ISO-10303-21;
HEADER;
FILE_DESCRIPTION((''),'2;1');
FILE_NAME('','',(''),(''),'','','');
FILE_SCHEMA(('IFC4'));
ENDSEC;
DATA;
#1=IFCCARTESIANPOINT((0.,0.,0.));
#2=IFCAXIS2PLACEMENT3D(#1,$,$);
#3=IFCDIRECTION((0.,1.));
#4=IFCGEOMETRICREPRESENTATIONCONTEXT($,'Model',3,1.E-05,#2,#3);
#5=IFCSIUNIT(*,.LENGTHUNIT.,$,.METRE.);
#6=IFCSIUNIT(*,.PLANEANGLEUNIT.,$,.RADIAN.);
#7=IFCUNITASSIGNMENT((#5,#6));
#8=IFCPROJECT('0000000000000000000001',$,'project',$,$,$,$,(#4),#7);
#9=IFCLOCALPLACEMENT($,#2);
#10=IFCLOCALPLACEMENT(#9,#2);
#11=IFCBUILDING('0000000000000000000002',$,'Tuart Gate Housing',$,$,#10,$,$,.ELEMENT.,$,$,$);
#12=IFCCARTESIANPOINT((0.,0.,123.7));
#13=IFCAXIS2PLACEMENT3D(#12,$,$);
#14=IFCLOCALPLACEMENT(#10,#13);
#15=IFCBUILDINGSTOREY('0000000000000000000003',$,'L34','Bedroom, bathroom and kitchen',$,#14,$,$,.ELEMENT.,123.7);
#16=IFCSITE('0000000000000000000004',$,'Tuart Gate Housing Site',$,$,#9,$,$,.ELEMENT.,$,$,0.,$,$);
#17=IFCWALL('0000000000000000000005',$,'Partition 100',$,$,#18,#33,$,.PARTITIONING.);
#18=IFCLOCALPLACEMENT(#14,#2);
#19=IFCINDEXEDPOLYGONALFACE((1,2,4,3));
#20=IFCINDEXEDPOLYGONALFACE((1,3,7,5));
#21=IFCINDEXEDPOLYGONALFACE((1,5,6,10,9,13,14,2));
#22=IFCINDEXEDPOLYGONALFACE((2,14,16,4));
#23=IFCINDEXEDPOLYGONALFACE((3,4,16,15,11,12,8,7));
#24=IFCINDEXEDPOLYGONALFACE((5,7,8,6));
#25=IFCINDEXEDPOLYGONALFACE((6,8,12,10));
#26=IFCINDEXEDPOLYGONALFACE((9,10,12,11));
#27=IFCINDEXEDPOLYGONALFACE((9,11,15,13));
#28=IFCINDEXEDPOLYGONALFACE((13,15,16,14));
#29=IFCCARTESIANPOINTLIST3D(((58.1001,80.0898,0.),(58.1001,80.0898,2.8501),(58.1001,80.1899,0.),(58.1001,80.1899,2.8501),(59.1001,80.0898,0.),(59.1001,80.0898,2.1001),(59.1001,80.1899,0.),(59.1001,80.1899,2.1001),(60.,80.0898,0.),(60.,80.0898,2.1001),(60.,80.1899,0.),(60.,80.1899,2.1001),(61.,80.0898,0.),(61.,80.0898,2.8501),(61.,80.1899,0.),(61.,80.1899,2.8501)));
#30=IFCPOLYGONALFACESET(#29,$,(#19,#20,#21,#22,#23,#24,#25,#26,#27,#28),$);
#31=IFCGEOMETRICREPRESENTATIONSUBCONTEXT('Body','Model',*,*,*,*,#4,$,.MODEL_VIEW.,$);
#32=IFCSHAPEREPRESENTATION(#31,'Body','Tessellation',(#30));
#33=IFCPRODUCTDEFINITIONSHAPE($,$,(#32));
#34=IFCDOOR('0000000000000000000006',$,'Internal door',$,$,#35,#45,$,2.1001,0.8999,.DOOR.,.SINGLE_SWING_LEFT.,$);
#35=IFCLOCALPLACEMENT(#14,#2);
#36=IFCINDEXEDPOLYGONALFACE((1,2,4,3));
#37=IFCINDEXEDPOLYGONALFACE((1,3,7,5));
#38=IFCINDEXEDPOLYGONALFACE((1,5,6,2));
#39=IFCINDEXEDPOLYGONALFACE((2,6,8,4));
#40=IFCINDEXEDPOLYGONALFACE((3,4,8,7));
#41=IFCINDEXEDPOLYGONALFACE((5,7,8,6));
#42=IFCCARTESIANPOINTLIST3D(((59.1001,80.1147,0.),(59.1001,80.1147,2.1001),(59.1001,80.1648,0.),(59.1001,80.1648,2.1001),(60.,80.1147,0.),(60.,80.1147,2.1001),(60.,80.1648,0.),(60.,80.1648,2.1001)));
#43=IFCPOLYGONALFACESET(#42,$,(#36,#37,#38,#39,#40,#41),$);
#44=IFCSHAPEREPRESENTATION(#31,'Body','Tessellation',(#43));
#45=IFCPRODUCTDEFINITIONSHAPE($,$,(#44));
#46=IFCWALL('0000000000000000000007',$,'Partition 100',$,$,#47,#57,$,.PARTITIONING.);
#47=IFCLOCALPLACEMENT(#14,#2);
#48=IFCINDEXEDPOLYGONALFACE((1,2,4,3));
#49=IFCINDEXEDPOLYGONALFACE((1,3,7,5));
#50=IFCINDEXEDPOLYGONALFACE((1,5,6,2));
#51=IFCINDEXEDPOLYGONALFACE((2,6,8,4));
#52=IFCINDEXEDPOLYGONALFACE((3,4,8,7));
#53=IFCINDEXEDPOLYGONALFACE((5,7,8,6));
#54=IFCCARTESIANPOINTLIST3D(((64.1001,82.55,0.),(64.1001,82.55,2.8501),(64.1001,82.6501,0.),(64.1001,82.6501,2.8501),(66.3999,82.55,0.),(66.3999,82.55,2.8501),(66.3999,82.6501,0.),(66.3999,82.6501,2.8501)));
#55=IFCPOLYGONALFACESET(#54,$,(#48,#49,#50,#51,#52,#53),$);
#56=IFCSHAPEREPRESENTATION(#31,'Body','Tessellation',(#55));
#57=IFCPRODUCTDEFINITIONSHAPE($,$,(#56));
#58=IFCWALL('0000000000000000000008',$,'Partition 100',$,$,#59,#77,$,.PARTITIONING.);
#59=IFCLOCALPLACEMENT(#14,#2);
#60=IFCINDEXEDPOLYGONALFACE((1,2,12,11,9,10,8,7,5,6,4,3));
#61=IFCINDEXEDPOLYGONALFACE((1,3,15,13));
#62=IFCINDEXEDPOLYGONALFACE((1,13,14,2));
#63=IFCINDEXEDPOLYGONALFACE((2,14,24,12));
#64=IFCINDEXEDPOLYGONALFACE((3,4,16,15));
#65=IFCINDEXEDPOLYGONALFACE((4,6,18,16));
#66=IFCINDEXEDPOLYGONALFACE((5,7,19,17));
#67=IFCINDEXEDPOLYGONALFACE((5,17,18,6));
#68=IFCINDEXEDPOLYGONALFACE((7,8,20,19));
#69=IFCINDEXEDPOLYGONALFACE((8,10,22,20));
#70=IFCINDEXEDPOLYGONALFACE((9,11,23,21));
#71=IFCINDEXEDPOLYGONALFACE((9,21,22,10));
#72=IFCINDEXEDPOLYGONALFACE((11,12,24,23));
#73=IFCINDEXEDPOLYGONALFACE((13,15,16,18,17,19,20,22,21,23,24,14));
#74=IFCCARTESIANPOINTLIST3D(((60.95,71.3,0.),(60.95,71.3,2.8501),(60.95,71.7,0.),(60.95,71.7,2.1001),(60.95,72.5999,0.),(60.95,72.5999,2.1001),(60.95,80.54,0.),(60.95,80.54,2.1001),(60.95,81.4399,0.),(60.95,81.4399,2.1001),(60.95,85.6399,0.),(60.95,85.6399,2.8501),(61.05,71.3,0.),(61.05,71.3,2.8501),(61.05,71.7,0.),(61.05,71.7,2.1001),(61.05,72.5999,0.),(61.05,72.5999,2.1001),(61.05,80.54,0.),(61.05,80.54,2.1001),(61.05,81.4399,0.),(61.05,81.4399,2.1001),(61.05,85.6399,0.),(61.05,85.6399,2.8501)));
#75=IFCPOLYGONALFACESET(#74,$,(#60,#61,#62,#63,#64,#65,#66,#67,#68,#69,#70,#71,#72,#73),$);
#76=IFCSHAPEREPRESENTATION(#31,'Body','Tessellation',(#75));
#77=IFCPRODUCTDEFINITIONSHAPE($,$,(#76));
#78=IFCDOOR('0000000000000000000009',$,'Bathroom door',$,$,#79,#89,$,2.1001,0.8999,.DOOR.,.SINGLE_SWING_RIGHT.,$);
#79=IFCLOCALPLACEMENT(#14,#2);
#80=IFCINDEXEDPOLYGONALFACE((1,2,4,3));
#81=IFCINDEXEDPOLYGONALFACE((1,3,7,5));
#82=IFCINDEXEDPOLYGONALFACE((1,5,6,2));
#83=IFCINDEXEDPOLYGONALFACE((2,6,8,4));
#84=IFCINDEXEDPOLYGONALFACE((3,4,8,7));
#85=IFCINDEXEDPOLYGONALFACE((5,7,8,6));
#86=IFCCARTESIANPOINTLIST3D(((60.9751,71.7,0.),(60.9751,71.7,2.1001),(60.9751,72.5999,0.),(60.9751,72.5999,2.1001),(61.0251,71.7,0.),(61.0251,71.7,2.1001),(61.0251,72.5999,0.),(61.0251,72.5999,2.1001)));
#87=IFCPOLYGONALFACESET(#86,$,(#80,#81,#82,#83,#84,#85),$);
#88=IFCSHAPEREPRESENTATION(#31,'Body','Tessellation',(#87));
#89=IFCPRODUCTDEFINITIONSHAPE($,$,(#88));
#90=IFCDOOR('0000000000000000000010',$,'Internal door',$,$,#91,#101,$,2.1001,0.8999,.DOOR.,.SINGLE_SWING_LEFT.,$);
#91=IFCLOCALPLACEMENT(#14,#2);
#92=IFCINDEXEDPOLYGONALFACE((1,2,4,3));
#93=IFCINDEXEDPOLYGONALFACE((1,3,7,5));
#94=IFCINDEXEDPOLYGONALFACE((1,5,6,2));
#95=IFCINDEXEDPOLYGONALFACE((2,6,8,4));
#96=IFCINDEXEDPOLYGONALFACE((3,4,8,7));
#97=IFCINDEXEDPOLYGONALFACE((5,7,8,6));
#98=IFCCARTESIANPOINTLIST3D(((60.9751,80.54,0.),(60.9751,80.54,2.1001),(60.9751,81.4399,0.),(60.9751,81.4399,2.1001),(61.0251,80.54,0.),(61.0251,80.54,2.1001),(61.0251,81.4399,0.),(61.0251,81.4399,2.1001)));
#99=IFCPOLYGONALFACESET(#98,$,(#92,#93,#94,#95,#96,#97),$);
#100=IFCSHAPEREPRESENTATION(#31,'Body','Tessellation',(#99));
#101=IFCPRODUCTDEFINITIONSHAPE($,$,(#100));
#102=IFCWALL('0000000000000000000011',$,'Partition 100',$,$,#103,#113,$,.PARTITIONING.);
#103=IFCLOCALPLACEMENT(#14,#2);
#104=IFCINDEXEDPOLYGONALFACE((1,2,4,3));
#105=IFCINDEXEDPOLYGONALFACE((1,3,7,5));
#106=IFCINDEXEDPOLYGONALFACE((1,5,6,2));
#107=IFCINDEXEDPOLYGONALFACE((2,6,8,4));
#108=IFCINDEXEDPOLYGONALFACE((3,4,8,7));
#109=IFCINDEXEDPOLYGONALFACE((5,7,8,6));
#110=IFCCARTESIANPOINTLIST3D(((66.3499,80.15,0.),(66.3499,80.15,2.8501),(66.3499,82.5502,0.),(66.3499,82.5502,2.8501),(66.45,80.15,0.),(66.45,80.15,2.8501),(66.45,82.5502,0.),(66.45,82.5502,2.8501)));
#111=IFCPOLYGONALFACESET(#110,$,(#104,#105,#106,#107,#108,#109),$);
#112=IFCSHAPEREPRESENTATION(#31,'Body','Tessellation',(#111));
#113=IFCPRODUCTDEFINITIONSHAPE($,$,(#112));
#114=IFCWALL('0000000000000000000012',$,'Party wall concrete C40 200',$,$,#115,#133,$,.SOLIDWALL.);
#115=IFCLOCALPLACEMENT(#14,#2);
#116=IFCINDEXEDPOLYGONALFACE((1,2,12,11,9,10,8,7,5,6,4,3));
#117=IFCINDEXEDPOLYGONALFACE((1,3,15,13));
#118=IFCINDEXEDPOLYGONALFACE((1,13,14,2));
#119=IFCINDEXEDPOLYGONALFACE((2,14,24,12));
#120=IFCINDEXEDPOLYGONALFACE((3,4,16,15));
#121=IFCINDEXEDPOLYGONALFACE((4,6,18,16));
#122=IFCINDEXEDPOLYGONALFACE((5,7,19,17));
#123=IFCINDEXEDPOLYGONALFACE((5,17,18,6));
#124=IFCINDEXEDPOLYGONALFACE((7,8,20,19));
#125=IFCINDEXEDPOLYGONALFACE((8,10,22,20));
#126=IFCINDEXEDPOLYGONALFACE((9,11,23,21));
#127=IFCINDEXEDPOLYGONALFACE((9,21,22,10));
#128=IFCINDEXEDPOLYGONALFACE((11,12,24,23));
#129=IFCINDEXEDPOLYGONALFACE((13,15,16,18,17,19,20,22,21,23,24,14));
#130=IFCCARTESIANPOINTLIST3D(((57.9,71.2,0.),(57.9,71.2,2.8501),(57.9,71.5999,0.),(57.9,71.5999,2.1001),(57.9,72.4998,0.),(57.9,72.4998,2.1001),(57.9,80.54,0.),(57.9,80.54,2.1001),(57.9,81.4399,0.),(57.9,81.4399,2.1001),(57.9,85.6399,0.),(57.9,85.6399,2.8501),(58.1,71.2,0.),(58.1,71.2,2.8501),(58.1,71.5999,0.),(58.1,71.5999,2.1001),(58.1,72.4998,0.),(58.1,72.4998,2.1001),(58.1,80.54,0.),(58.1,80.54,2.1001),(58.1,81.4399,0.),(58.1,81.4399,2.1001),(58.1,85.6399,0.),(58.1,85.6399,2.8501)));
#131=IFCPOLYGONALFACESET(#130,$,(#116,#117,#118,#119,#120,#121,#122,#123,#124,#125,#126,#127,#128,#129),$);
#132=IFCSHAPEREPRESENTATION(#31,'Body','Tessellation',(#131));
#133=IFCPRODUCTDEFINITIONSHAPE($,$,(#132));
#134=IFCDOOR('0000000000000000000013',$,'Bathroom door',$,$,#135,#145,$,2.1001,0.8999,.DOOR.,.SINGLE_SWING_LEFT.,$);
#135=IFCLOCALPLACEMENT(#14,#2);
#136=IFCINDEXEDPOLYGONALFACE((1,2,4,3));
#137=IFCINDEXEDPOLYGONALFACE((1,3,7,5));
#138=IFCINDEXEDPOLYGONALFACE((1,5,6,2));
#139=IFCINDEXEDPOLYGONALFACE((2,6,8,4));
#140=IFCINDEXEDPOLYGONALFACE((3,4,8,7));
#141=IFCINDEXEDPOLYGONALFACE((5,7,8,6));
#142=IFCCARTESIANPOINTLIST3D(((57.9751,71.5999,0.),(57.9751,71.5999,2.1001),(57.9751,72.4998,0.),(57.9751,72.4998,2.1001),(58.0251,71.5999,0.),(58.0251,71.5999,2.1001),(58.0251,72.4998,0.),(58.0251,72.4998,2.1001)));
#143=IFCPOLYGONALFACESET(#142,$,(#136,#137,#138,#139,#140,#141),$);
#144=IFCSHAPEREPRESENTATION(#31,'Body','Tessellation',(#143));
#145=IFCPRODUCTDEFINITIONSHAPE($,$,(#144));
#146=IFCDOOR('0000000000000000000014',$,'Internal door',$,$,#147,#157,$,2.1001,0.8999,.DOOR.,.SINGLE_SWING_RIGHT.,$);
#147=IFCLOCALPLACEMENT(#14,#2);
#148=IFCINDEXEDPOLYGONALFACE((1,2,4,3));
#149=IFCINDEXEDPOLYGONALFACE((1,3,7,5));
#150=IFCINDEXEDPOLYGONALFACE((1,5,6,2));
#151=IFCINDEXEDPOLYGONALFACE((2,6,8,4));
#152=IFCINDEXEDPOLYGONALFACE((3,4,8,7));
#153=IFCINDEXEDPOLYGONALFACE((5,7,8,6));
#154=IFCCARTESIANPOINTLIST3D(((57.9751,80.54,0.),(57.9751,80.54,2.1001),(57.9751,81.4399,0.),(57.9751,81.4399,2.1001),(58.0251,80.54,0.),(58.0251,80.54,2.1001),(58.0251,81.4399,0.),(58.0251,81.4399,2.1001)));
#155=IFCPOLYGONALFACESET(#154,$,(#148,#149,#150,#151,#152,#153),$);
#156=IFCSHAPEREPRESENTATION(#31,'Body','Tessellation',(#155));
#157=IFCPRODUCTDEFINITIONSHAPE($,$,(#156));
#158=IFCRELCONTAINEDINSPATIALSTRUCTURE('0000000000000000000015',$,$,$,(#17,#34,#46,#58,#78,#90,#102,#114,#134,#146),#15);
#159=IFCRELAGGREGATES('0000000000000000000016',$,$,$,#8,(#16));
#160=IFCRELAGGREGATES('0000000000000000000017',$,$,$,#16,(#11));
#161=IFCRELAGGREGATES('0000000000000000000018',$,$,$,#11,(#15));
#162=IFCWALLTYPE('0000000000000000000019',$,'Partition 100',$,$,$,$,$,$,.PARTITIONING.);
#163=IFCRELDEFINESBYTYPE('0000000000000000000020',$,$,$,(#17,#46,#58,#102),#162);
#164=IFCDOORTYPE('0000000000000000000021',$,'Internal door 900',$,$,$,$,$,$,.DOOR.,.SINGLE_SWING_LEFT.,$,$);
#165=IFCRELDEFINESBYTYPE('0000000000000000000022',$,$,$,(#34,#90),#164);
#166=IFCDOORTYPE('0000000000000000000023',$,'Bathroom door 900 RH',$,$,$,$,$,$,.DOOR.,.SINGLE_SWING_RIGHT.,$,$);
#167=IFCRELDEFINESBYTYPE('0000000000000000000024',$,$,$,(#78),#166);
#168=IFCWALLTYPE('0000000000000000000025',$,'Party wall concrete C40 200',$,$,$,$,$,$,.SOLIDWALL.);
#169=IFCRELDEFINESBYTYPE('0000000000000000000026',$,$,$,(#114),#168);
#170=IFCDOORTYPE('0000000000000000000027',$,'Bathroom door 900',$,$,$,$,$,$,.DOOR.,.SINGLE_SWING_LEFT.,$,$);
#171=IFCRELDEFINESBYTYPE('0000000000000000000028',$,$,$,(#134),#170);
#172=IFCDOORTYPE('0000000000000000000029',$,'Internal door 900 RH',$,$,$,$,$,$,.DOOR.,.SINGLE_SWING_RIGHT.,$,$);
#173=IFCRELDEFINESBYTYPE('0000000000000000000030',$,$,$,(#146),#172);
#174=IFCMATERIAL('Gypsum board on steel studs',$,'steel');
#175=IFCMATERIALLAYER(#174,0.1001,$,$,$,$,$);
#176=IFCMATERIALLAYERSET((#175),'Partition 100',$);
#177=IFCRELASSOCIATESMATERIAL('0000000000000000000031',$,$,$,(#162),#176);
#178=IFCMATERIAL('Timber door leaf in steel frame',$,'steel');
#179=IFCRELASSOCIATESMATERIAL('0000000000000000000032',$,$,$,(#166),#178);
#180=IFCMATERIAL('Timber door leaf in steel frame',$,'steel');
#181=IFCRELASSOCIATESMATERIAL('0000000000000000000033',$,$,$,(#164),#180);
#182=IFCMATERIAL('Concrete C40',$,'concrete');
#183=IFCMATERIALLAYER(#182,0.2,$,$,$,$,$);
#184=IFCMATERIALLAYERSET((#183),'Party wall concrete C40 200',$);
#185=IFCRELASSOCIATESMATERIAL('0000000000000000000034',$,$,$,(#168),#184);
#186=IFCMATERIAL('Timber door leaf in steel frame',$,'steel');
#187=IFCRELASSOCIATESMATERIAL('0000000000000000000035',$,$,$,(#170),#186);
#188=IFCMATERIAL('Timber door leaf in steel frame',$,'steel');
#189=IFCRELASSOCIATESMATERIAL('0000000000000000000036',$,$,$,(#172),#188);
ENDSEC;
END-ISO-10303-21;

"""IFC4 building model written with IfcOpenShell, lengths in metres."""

from ifc_helpers import new_model, si_unit, direction, frame, frame_2d, origin, place, context, subcontext, project, spatial, rectangle, extrude, material, layer, layer_set, type_object, element, fill, save


model = new_model("IFC4")

# Units and contexts
model_context = context("Model", 3, precision=1e-05, world=origin(), true_north=direction((0.0, 1.0)))
body_context = subcontext(model_context, "Body", "Model", "MODEL_VIEW")
ifc_project = project(units=[si_unit("LENGTHUNIT", "METRE"), si_unit("PLANEANGLEUNIT", "RADIAN")], contexts=[model_context])

# Site, building, storey
site_placement = place(None, origin())
site = spatial("IfcSite", under=ifc_project, at=site_placement, Name="Tuart Gate Housing Site", CompositionType="ELEMENT", RefElevation=0.0)
building_placement = place(site_placement, origin())
building = spatial("IfcBuilding", under=site, at=building_placement, Name="Tuart Gate Housing", CompositionType="ELEMENT")
storey_placement = place(building_placement, frame((0.0, 0.0, 123.7)))
storey = spatial("IfcBuildingStorey", under=building, at=storey_placement, Name="L34", Description="Bedroom, bathroom and kitchen", CompositionType="ELEMENT", Elevation=123.7)

# Shared definitions
ifc_material_1 = material(Name="Gypsum board on steel studs", Category="steel")
ifc_layer_1 = layer(ifc_material_1, 0.1001)
ifc_layer_set_1 = layer_set([ifc_layer_1], Name="Partition 100")
wall_type_1 = type_object("IfcWallType", Name="Partition 100", PredefinedType="PARTITIONING", material=ifc_layer_set_1)

# Shared definitions
ifc_material_2 = material(Name="Timber door leaf in steel frame", Category="steel")
door_type_1 = type_object("IfcDoorType", Name="Bathroom door 900 RH", OperationType="SINGLE_SWING_RIGHT", PredefinedType="DOOR", material=ifc_material_2)
ifc_material_3 = material(Name="Timber door leaf in steel frame", Category="steel")
door_type_2 = type_object("IfcDoorType", Name="Internal door 900", OperationType="SINGLE_SWING_LEFT", PredefinedType="DOOR", material=ifc_material_3)

# Wall, opening, door
wall_1_placement = place(storey_placement, frame((58.1001, 80.1399, 0.0), z_axis=(0.0, 0.0, 1.0), x_axis=(1.0, 0.0, 0.0)))
wall_1 = element("IfcWall", 1, at=wall_1_placement, inside=storey, type_object=wall_type_1, Name="Partition 100", PredefinedType="PARTITIONING", context=body_context, shape_type="SweptSolid", body=[
    extrude(rectangle(XDim=2.8999, YDim=0.1001, at=frame_2d((1.45, 0.0))), origin(), (0.0, 0.0, 1.0), 2.8501),
])
opening_1_placement = place(wall_1_placement, frame((1.0, 0.0, 0.0)))
opening_1 = element("IfcOpeningElement", 2, at=opening_1_placement, cuts=wall_1, PredefinedType="OPENING", context=body_context, shape_type="SweptSolid", body=[
    extrude(rectangle(XDim=0.8999, YDim=2.1001, at=frame_2d((0.45, 1.05))), frame((0.0, 0.0601, 0.0), z_axis=(0.0, -1.0, 0.0), x_axis=(1.0, 0.0, 0.0)), (0.0, 0.0, 1.0), 0.1201),
])
door_1_placement = place(opening_1_placement, frame((0.8999, 0.0, 0.0), z_axis=(0.0, 0.0, 1.0), x_axis=(-1.0, 0.0, 0.0)))
door_1 = element("IfcDoor", 3, at=door_1_placement, inside=storey, type_object=door_type_2, Name="Internal door", OperationType="SINGLE_SWING_LEFT", OverallHeight=2.1001, OverallWidth=0.8999, PredefinedType="DOOR", context=body_context, shape_type="SweptSolid", body=[
    extrude(rectangle(XDim=0.8999, YDim=2.1001, at=frame_2d((0.45, 1.05))), frame((0.0, 0.0251, 0.0), z_axis=(0.0, -1.0, 0.0), x_axis=(1.0, 0.0, 0.0)), (0.0, 0.0, 1.0), 0.05),
])
fill(opening_1, door_1)

# Wall
wall_2_placement = place(storey_placement, frame((64.1001, 82.6001, 0.0), z_axis=(0.0, 0.0, 1.0), x_axis=(1.0, 0.0, 0.0)))
element("IfcWall", 4, at=wall_2_placement, inside=storey, type_object=wall_type_1, Name="Partition 100", PredefinedType="PARTITIONING", context=body_context, shape_type="SweptSolid", body=[
    extrude(rectangle(XDim=2.2998, YDim=0.1001, at=frame_2d((1.1499, 0.0))), origin(), (0.0, 0.0, 1.0), 2.8501),
])

# Wall, openings, doors
wall_3_placement = place(storey_placement, frame((61.0, 71.3, 0.0), z_axis=(0.0, 0.0, 1.0), x_axis=(0.0, 1.0, 0.0)))
wall_3 = element("IfcWall", 5, at=wall_3_placement, inside=storey, type_object=wall_type_1, Name="Partition 100", PredefinedType="PARTITIONING", context=body_context, shape_type="SweptSolid", body=[
    extrude(rectangle(XDim=14.3398, YDim=0.1001, at=frame_2d((7.1699, 0.0))), origin(), (0.0, 0.0, 1.0), 2.8501),
])
opening_2_placement = place(wall_3_placement, frame((9.24, 0.0, 0.0)))
opening_2 = element("IfcOpeningElement", 6, at=opening_2_placement, cuts=wall_3, PredefinedType="OPENING", context=body_context, shape_type="SweptSolid", body=[
    extrude(rectangle(XDim=0.8999, YDim=2.1001, at=frame_2d((0.45, 1.05))), frame((0.0, 0.0601, 0.0), z_axis=(0.0, -1.0, 0.0), x_axis=(1.0, 0.0, 0.0)), (0.0, 0.0, 1.0), 0.1201),
])
opening_3_placement = place(wall_3_placement, frame((0.3999, 0.0, 0.0)))
opening_3 = element("IfcOpeningElement", 7, at=opening_3_placement, cuts=wall_3, PredefinedType="OPENING", context=body_context, shape_type="SweptSolid", body=[
    extrude(rectangle(XDim=0.8999, YDim=2.1001, at=frame_2d((0.45, 1.05))), frame((0.0, 0.0601, 0.0), z_axis=(0.0, -1.0, 0.0), x_axis=(1.0, 0.0, 0.0)), (0.0, 0.0, 1.0), 0.1201),
])
door_2_placement = place(opening_3_placement, frame((0.8999, 0.0, 0.0), z_axis=(0.0, 0.0, 1.0), x_axis=(-1.0, 0.0, 0.0)))
door_2 = element("IfcDoor", 8, at=door_2_placement, inside=storey, type_object=door_type_1, Name="Bathroom door", OperationType="SINGLE_SWING_RIGHT", OverallHeight=2.1001, OverallWidth=0.8999, PredefinedType="DOOR", context=body_context, shape_type="SweptSolid", body=[
    extrude(rectangle(XDim=0.8999, YDim=2.1001, at=frame_2d((0.45, 1.05))), frame((0.0, 0.0251, 0.0), z_axis=(0.0, -1.0, 0.0), x_axis=(1.0, 0.0, 0.0)), (0.0, 0.0, 1.0), 0.05),
])
fill(opening_3, door_2)
door_3_placement = place(opening_2_placement, frame((0.8999, 0.0, 0.0), z_axis=(0.0, 0.0, 1.0), x_axis=(-1.0, 0.0, 0.0)))
door_3 = element("IfcDoor", 9, at=door_3_placement, inside=storey, type_object=door_type_2, Name="Internal door", OperationType="SINGLE_SWING_LEFT", OverallHeight=2.1001, OverallWidth=0.8999, PredefinedType="DOOR", context=body_context, shape_type="SweptSolid", body=[
    extrude(rectangle(XDim=0.8999, YDim=2.1001, at=frame_2d((0.45, 1.05))), frame((0.0, 0.0251, 0.0), z_axis=(0.0, -1.0, 0.0), x_axis=(1.0, 0.0, 0.0)), (0.0, 0.0, 1.0), 0.05),
])
fill(opening_2, door_3)

# Wall
wall_4_placement = place(storey_placement, frame((66.3999, 80.1499, 0.0), z_axis=(0.0, 0.0, 1.0), x_axis=(0.0, 1.0, 0.0)))
element("IfcWall", 10, at=wall_4_placement, inside=storey, type_object=wall_type_1, Name="Partition 100", PredefinedType="PARTITIONING", context=body_context, shape_type="SweptSolid", body=[
    extrude(rectangle(XDim=2.4001, YDim=0.1001, at=frame_2d((1.2002, 0.0))), origin(), (0.0, 0.0, 1.0), 2.8501),
])

# Wall, openings, doors
ifc_material_4 = material(Name="Concrete C40", Category="concrete")
ifc_layer_2 = layer(ifc_material_4, 0.2)
ifc_layer_set_2 = layer_set([ifc_layer_2], Name="Party wall concrete C40 200")
wall_type_2 = type_object("IfcWallType", Name="Party wall concrete C40 200", PredefinedType="SOLIDWALL", material=ifc_layer_set_2)
wall_5_placement = place(storey_placement, frame((58.0, 71.2, 0.0), z_axis=(0.0, 0.0, 1.0), x_axis=(0.0, 1.0, 0.0)))
wall_5 = element("IfcWall", 11, at=wall_5_placement, inside=storey, type_object=wall_type_2, Name="Party wall concrete C40 200", PredefinedType="SOLIDWALL", context=body_context, shape_type="SweptSolid", body=[
    extrude(rectangle(XDim=14.4399, YDim=0.2, at=frame_2d((7.22, 0.0))), origin(), (0.0, 0.0, 1.0), 2.8501),
])
opening_4_placement = place(wall_5_placement, frame((9.3401, 0.0, 0.0)))
opening_4 = element("IfcOpeningElement", 12, at=opening_4_placement, cuts=wall_5, PredefinedType="OPENING", context=body_context, shape_type="SweptSolid", body=[
    extrude(rectangle(XDim=0.8999, YDim=2.1001, at=frame_2d((0.45, 1.05))), frame((0.0, 0.1099, 0.0), z_axis=(0.0, -1.0, 0.0), x_axis=(1.0, 0.0, 0.0)), (0.0, 0.0, 1.0), 0.22),
])
opening_5_placement = place(wall_5_placement, frame((0.3999, 0.0, 0.0)))
opening_5 = element("IfcOpeningElement", 13, at=opening_5_placement, cuts=wall_5, PredefinedType="OPENING", context=body_context, shape_type="SweptSolid", body=[
    extrude(rectangle(XDim=0.8999, YDim=2.1001, at=frame_2d((0.45, 1.05))), frame((0.0, 0.1099, 0.0), z_axis=(0.0, -1.0, 0.0), x_axis=(1.0, 0.0, 0.0)), (0.0, 0.0, 1.0), 0.22),
])
ifc_material_5 = material(Name="Timber door leaf in steel frame", Category="steel")
door_type_3 = type_object("IfcDoorType", Name="Bathroom door 900", OperationType="SINGLE_SWING_LEFT", PredefinedType="DOOR", material=ifc_material_5)
door_4_placement = place(opening_5_placement, origin())
door_4 = element("IfcDoor", 14, at=door_4_placement, inside=storey, type_object=door_type_3, Name="Bathroom door", OperationType="SINGLE_SWING_LEFT", OverallHeight=2.1001, OverallWidth=0.8999, PredefinedType="DOOR", context=body_context, shape_type="SweptSolid", body=[
    extrude(rectangle(XDim=0.8999, YDim=2.1001, at=frame_2d((0.45, 1.05))), frame((0.0, 0.0249, 0.0), z_axis=(0.0, -1.0, 0.0), x_axis=(1.0, 0.0, 0.0)), (0.0, 0.0, 1.0), 0.05),
])
fill(opening_5, door_4)
ifc_material_6 = material(Name="Timber door leaf in steel frame", Category="steel")
door_type_4 = type_object("IfcDoorType", Name="Internal door 900 RH", OperationType="SINGLE_SWING_RIGHT", PredefinedType="DOOR", material=ifc_material_6)
door_5_placement = place(opening_4_placement, origin())
door_5 = element("IfcDoor", 15, at=door_5_placement, inside=storey, type_object=door_type_4, Name="Internal door", OperationType="SINGLE_SWING_RIGHT", OverallHeight=2.1001, OverallWidth=0.8999, PredefinedType="DOOR", context=body_context, shape_type="SweptSolid", body=[
    extrude(rectangle(XDim=0.8999, YDim=2.1001, at=frame_2d((0.45, 1.05))), frame((0.0, 0.0249, 0.0), z_axis=(0.0, -1.0, 0.0), x_axis=(1.0, 0.0, 0.0)), (0.0, 0.0, 1.0), 0.05),
])
fill(opening_4, door_5)

save(model, "model.ifc")
